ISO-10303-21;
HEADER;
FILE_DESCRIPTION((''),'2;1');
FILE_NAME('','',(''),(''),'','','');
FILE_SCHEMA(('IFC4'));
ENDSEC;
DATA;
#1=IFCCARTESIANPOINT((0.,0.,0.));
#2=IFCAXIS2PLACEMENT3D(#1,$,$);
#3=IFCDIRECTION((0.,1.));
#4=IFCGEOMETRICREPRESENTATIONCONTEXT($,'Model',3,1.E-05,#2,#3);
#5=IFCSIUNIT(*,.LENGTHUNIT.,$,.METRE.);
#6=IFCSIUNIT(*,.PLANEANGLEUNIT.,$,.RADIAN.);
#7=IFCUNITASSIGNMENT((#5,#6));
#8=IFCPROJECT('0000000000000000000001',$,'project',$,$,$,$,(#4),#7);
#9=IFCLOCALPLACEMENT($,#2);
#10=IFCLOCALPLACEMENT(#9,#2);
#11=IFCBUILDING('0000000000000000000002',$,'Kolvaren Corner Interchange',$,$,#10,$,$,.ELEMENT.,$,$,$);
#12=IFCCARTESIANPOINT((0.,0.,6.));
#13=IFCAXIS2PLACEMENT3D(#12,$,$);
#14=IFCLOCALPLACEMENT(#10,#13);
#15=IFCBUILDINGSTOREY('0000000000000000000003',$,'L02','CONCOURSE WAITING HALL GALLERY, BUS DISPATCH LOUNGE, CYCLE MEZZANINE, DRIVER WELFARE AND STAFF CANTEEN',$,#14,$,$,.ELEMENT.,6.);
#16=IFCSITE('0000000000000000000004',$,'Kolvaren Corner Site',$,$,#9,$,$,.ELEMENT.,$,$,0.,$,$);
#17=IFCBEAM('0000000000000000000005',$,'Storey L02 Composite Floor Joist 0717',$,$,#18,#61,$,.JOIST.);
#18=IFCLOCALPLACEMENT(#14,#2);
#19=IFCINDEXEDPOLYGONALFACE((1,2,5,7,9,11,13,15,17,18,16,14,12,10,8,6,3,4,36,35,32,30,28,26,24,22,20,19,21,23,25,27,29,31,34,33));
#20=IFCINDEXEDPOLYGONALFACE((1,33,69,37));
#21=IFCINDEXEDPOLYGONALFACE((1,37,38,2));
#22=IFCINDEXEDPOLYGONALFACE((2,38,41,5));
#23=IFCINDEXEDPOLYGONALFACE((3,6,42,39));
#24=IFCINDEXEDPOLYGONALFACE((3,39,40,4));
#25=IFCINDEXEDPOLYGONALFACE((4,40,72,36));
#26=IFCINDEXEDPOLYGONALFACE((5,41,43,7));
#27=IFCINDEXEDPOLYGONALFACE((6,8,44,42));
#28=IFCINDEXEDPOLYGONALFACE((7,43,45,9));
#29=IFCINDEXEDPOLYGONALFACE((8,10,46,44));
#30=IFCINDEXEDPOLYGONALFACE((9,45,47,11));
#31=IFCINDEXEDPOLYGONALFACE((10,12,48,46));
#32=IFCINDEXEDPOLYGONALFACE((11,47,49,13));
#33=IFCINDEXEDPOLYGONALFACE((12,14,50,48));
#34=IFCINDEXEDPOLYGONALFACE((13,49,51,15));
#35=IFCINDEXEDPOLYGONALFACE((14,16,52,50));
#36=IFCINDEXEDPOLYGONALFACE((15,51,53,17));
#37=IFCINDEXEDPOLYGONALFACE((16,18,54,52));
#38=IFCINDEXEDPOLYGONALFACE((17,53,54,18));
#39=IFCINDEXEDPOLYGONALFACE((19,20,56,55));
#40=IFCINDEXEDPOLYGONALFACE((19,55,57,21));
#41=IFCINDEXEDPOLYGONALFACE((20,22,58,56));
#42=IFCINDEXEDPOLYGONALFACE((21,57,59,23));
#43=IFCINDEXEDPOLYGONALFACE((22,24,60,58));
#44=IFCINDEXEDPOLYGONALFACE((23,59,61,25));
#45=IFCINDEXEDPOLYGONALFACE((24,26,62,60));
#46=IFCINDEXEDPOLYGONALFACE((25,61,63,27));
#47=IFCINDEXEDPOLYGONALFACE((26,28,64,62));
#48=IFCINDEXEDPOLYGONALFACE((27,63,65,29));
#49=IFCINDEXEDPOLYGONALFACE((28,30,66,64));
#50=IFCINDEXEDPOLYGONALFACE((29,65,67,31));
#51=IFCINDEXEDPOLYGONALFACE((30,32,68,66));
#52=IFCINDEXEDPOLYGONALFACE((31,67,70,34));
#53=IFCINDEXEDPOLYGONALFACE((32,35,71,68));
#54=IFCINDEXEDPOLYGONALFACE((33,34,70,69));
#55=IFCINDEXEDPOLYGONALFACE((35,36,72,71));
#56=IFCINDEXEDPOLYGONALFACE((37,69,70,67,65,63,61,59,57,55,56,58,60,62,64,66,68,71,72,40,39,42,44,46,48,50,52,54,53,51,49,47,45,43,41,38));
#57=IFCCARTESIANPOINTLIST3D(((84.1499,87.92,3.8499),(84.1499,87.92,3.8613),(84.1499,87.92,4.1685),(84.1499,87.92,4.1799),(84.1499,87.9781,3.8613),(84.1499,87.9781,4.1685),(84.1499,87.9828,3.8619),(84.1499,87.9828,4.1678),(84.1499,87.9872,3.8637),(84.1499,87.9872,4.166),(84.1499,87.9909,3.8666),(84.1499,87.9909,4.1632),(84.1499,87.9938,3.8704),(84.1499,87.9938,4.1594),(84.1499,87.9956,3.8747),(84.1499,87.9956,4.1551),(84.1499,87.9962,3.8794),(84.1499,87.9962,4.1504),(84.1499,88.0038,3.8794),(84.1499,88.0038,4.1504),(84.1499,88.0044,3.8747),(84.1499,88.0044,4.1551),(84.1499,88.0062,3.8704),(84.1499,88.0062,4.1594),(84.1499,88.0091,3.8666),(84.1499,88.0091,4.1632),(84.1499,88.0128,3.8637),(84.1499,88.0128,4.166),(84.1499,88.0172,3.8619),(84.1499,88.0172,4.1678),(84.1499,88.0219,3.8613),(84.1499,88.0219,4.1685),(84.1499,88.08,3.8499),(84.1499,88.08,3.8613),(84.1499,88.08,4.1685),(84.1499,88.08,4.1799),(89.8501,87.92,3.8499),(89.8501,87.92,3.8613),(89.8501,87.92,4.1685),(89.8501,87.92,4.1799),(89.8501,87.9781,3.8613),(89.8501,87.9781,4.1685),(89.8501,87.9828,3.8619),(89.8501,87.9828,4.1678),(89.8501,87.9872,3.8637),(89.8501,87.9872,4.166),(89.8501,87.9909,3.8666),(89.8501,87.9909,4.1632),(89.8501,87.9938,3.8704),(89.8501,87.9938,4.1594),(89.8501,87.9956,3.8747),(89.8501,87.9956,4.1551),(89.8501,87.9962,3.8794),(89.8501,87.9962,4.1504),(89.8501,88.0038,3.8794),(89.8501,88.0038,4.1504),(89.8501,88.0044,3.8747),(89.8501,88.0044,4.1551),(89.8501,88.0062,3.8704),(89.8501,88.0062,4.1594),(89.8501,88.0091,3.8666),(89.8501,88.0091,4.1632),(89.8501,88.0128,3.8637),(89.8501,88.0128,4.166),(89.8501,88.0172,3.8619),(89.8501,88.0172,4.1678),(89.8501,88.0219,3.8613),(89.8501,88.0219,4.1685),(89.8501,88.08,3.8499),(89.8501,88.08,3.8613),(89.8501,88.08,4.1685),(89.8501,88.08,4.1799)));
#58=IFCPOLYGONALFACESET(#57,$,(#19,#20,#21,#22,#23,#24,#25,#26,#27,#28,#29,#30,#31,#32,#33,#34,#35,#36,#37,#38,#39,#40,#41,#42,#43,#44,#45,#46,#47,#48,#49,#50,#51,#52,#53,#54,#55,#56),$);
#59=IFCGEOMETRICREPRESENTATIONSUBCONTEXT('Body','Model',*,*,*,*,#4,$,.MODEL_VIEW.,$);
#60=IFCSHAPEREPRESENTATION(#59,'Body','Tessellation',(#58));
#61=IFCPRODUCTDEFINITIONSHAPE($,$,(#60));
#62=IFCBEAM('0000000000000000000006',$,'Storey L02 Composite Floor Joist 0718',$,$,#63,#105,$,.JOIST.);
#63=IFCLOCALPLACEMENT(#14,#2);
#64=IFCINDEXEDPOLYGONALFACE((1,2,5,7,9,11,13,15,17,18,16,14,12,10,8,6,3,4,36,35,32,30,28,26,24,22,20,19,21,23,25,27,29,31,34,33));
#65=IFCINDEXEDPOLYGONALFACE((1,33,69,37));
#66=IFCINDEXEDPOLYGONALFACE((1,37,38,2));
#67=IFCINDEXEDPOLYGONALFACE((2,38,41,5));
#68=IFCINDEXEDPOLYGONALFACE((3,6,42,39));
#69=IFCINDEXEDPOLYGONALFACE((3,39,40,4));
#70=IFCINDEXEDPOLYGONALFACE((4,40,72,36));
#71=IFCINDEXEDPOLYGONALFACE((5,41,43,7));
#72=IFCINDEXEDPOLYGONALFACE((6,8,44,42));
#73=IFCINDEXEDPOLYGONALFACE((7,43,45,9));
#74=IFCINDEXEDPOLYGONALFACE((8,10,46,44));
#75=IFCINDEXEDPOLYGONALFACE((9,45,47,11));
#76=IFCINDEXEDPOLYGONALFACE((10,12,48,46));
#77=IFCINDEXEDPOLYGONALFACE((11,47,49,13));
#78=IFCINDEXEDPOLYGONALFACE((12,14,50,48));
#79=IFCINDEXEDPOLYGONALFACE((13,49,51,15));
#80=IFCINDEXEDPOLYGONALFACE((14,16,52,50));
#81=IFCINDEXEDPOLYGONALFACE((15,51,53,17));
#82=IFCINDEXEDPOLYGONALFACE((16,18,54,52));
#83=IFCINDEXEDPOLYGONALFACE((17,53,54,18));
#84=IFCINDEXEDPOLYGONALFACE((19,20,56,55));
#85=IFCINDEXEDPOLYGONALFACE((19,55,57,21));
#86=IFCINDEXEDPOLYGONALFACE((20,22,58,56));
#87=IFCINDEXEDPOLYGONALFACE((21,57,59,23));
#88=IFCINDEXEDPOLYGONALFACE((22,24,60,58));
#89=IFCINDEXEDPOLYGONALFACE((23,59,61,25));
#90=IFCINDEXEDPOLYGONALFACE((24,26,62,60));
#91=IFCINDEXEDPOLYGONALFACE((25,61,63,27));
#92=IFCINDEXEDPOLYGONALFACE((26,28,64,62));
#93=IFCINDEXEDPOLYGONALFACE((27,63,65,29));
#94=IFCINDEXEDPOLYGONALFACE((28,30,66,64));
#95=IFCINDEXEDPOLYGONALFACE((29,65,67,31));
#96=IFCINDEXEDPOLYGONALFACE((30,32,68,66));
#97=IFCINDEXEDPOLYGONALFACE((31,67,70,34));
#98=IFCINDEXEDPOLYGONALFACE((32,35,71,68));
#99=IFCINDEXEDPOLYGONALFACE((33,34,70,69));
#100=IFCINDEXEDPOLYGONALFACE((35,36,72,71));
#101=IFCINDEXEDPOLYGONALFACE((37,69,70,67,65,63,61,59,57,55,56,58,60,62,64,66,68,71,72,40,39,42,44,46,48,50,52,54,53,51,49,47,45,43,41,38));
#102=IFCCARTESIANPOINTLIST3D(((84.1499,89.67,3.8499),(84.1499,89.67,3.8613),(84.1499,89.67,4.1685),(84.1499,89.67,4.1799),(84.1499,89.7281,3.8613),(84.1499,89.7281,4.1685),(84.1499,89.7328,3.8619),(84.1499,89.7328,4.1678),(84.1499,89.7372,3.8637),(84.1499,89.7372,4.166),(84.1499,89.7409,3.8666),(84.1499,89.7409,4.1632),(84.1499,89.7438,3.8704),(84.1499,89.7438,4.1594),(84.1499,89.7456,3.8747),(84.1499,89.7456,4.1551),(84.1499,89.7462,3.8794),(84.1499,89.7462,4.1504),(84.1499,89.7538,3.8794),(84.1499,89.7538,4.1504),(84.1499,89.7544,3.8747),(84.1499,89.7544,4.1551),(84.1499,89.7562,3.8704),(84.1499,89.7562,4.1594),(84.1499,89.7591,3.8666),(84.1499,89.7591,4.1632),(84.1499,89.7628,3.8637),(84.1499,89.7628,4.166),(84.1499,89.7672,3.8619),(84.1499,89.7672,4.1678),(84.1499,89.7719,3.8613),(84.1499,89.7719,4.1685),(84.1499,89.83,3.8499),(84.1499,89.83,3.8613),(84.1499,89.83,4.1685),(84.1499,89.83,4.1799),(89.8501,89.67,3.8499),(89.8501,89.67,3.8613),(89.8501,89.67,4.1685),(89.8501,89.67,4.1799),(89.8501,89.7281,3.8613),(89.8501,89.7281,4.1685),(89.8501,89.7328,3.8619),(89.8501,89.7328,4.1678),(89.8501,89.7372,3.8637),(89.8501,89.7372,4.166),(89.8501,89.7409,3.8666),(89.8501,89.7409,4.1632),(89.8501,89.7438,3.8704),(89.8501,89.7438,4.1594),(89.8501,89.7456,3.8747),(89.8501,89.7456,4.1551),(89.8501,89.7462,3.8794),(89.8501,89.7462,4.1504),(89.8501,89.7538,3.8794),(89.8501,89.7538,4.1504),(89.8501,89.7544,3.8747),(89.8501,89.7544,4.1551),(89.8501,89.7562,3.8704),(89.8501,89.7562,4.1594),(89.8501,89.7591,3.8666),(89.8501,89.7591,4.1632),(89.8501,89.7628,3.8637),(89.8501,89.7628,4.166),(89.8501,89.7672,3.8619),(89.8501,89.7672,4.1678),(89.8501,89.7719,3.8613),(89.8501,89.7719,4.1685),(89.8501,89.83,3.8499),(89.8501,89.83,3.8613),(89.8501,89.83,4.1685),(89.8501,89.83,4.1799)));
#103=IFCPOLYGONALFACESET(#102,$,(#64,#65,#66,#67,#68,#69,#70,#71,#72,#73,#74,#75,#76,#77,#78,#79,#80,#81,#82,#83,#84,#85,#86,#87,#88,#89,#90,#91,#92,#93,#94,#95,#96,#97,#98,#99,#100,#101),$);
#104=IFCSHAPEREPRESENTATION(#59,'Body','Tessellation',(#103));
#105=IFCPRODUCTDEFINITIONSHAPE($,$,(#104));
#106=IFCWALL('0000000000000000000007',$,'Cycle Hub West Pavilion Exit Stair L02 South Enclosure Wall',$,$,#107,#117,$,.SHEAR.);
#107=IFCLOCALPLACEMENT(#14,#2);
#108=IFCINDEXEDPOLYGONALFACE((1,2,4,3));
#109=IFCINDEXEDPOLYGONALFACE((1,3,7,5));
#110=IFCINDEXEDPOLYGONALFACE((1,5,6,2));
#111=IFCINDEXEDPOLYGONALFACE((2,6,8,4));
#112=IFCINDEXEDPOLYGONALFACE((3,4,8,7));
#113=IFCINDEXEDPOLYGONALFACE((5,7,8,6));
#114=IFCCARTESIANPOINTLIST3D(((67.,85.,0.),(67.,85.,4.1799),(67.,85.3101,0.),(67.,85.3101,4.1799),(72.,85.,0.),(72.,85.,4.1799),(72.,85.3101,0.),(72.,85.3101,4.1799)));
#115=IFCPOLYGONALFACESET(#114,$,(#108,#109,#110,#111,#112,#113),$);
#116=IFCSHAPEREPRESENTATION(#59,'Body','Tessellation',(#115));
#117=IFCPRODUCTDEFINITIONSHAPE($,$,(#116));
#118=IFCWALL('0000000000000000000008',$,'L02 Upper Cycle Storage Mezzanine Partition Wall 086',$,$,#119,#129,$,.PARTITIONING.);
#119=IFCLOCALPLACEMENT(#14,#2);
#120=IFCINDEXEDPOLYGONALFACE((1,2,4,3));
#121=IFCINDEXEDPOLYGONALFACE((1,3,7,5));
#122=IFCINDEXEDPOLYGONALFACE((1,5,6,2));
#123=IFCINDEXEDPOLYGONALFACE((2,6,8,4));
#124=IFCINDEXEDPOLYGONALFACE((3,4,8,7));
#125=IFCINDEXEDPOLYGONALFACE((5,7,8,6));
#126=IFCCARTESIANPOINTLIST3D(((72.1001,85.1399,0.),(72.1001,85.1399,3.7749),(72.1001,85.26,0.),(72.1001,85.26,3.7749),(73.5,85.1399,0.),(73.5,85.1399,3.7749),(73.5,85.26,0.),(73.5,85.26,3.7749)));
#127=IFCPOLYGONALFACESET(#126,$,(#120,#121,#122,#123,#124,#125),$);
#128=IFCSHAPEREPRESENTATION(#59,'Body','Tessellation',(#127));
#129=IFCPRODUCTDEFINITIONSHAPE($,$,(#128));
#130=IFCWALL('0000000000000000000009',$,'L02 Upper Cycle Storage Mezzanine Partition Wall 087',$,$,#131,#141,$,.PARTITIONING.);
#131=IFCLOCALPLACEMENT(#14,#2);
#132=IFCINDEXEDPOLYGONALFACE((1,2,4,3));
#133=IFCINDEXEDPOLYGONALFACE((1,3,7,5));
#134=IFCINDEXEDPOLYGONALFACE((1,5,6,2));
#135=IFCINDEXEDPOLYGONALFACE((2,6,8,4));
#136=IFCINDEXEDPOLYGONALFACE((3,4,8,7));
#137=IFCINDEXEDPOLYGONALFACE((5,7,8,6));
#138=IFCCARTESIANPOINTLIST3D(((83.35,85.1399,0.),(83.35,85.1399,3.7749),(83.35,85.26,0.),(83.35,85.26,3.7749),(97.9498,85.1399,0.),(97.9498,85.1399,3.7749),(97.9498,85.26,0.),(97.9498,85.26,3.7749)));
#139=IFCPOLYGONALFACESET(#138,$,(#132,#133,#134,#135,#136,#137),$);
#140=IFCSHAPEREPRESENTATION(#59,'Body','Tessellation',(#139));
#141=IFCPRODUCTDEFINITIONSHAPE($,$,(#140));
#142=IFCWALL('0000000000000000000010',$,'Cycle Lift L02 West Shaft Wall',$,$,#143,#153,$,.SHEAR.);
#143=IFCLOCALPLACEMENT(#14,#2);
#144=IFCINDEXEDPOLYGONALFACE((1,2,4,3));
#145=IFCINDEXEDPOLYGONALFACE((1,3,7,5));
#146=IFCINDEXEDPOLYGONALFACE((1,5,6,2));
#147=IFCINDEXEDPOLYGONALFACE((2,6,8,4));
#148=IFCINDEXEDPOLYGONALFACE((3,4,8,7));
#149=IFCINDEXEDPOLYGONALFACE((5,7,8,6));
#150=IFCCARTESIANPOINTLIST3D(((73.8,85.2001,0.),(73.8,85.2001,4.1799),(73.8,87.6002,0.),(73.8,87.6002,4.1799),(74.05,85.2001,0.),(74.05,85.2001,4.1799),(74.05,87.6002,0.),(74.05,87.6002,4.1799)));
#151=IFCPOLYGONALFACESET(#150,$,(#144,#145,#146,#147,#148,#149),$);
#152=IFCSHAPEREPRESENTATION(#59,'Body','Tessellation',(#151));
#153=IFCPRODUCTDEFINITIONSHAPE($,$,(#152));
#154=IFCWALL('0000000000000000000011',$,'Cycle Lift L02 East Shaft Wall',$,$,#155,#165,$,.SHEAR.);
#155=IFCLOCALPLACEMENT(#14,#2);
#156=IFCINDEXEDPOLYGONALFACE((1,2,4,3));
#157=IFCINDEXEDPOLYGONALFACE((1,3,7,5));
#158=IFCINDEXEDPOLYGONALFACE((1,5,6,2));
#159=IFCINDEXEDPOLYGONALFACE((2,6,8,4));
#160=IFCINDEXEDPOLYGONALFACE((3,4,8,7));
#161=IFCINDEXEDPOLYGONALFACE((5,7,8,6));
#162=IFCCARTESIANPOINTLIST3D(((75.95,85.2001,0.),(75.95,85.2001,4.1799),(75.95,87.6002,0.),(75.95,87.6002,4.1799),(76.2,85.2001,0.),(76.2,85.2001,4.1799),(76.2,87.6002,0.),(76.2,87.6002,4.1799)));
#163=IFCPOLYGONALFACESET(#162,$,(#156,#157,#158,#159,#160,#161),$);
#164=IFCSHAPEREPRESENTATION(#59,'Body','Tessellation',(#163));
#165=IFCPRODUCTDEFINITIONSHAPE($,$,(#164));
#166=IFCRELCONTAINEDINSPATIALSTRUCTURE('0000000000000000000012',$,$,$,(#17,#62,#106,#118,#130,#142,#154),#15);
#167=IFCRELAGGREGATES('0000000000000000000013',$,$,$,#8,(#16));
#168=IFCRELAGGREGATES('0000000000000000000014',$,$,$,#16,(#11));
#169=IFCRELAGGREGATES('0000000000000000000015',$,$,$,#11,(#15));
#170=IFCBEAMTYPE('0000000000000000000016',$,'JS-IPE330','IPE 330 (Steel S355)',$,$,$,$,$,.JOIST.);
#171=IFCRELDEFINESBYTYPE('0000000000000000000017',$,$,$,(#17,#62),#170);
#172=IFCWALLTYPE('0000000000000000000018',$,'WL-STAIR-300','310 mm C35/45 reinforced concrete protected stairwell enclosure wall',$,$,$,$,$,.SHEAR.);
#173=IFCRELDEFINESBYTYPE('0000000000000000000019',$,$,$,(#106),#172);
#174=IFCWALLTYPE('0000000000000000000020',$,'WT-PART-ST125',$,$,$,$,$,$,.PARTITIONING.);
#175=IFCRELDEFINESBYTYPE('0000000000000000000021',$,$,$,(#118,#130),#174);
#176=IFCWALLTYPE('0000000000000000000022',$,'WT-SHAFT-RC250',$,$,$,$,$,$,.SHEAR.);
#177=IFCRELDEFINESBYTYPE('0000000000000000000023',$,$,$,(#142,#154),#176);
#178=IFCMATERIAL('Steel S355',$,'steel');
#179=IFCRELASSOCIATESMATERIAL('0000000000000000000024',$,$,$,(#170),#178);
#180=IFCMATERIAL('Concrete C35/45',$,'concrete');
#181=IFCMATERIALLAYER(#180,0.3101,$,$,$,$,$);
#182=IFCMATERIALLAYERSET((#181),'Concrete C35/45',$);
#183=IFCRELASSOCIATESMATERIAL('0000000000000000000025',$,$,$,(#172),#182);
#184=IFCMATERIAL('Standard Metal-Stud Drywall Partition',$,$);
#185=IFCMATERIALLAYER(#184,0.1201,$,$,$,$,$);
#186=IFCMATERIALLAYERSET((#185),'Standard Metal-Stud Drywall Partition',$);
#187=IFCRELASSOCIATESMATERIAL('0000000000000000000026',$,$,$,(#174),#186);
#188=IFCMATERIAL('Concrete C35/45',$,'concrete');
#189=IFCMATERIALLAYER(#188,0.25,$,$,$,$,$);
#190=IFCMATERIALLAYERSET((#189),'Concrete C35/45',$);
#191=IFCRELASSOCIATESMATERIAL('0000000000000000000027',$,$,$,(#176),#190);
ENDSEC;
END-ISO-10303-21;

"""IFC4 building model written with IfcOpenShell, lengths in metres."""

from ifc_helpers import new_model, si_unit, direction, frame, frame_2d, origin, origin_2d, place, context, subcontext, project, spatial, rectangle, i_section, extrude, material, layer, layer_set, material_profile, profile_set, type_object, element, save


model = new_model("IFC4")

# Units and contexts
model_context = context("Model", 3, precision=1e-05, world=origin(), true_north=direction((0.0, 1.0)))
body_context = subcontext(model_context, "Body", "Model", "MODEL_VIEW")
ifc_project = project(units=[si_unit("LENGTHUNIT", "METRE"), si_unit("PLANEANGLEUNIT", "RADIAN")], contexts=[model_context])

# Site, building, storey
site_placement = place(None, origin())
site = spatial("IfcSite", under=ifc_project, at=site_placement, Name="Kolvaren Corner Site", CompositionType="ELEMENT", RefElevation=0.0)
building_placement = place(site_placement, origin())
building = spatial("IfcBuilding", under=site, at=building_placement, Name="Kolvaren Corner Interchange", CompositionType="ELEMENT")
storey_placement = place(building_placement, frame((0.0, 0.0, 6.0)))
storey = spatial("IfcBuildingStorey", under=building, at=storey_placement, Name="L02", Description="CONCOURSE WAITING HALL GALLERY, BUS DISPATCH LOUNGE, CYCLE MEZZANINE, DRIVER WELFARE AND STAFF CANTEEN", CompositionType="ELEMENT", Elevation=6.0)

# Beams
ifc_material_1 = material(Name="Steel S355", Category="steel")
ifc_material_profile_1 = material_profile(ifc_material_1, i_section(OverallWidth=0.1599, OverallDepth=0.3301, WebThickness=0.0076, FlangeThickness=0.0115, FilletRadius=0.0181, at=origin_2d()), Name="IPE 330")
ifc_profile_set_1 = profile_set([ifc_material_profile_1], Name="Steel S355")
beam_type_1 = type_object("IfcBeamType", Name="JS-IPE330", Description="IPE 330 (Steel S355)", PredefinedType="JOIST", material=ifc_profile_set_1)
for number, where, z_axis, x_axis, name in (
    (1, (84.1499, 88.0, 4.0149), (1.0, 0.0, 0.0), (0.0, 1.0, 0.0), "Storey L02 Composite Floor Joist 0717"),
    (2, (84.1499, 89.75, 4.0149), (1.0, 0.0, 0.0), (0.0, 1.0, 0.0), "Storey L02 Composite Floor Joist 0718"),
):
    element("IfcBeam", number, at=place(storey_placement, frame(where, z_axis=z_axis, x_axis=x_axis)), inside=storey, type_object=beam_type_1, Name=name, PredefinedType="JOIST", context=body_context, shape_type="SweptSolid", body=[
        extrude(i_section(OverallWidth=0.1599, OverallDepth=0.3301, WebThickness=0.0076, FlangeThickness=0.0115, FilletRadius=0.0181, at=origin_2d()), origin(), (0.0, 0.0, 1.0), 5.7002),
    ])

# Walls
ifc_material_2 = material(Name="Concrete C35/45", Category="concrete")
ifc_layer_1 = layer(ifc_material_2, 0.3101)
ifc_layer_set_1 = layer_set([ifc_layer_1], Name="Concrete C35/45")
wall_type_1 = type_object("IfcWallType", Name="WL-STAIR-300", Description="310 mm C35/45 reinforced concrete protected stairwell enclosure wall", PredefinedType="SHEAR", material=ifc_layer_set_1)
wall_1_placement = place(storey_placement, frame((67.0, 85.155, 0.0), z_axis=(0.0, 0.0, 1.0), x_axis=(1.0, 0.0, 0.0)))
element("IfcWall", 3, at=wall_1_placement, inside=storey, type_object=wall_type_1, Name="Cycle Hub West Pavilion Exit Stair L02 South Enclosure Wall", PredefinedType="SHEAR", context=body_context, shape_type="SweptSolid", body=[
    extrude(rectangle(XDim=5.0, YDim=0.3101, at=frame_2d((2.5, 0.0))), origin(), (0.0, 0.0, 1.0), 4.1799),
])
ifc_material_3 = material(Name="Standard Metal-Stud Drywall Partition")
ifc_layer_2 = layer(ifc_material_3, 0.1201)
ifc_layer_set_2 = layer_set([ifc_layer_2], Name="Standard Metal-Stud Drywall Partition")
wall_type_2 = type_object("IfcWallType", Name="WT-PART-ST125", PredefinedType="PARTITIONING", material=ifc_layer_set_2)
wall_2_placement = place(storey_placement, frame((72.1001, 85.2, 0.0), z_axis=(0.0, 0.0, 1.0), x_axis=(1.0, 0.0, 0.0)))
element("IfcWall", 4, at=wall_2_placement, inside=storey, type_object=wall_type_2, Name="L02 Upper Cycle Storage Mezzanine Partition Wall 086", PredefinedType="PARTITIONING", context=body_context, shape_type="SweptSolid", body=[
    extrude(rectangle(XDim=1.3999, YDim=0.1201, at=frame_2d((0.7, 0.0))), origin(), (0.0, 0.0, 1.0), 3.7749),
])
wall_3_placement = place(storey_placement, frame((83.3501, 85.2, 0.0), z_axis=(0.0, 0.0, 1.0), x_axis=(1.0, 0.0, 0.0)))
element("IfcWall", 5, at=wall_3_placement, inside=storey, type_object=wall_type_2, Name="L02 Upper Cycle Storage Mezzanine Partition Wall 087", PredefinedType="PARTITIONING", context=body_context, shape_type="SweptSolid", body=[
    extrude(rectangle(XDim=14.5999, YDim=0.1201, at=frame_2d((7.2998, 0.0))), origin(), (0.0, 0.0, 1.0), 3.7749),
])

# Shared definitions
ifc_material_4 = material(Name="Concrete C35/45", Category="concrete")
ifc_layer_3 = layer(ifc_material_4, 0.25)
ifc_layer_set_3 = layer_set([ifc_layer_3], Name="Concrete C35/45")
wall_type_3 = type_object("IfcWallType", Name="WT-SHAFT-RC250", PredefinedType="SHEAR", material=ifc_layer_set_3)

# Walls
for number, where, z_axis, x_axis, name in (
    (6, (73.925, 85.2, 0.0), (0.0, 0.0, 1.0), (0.0, 1.0, 0.0), "Cycle Lift L02 West Shaft Wall"),
    (7, (76.075, 85.2, 0.0), (0.0, 0.0, 1.0), (0.0, 1.0, 0.0), "Cycle Lift L02 East Shaft Wall"),
):
    element("IfcWall", number, at=place(storey_placement, frame(where, z_axis=z_axis, x_axis=x_axis)), inside=storey, type_object=wall_type_3, Name=name, PredefinedType="SHEAR", context=body_context, shape_type="SweptSolid", body=[
        extrude(rectangle(XDim=2.4001, YDim=0.25, at=frame_2d((1.2002, 0.0))), origin(), (0.0, 0.0, 1.0), 4.1799),
    ])

save(model, "model.ifc")
